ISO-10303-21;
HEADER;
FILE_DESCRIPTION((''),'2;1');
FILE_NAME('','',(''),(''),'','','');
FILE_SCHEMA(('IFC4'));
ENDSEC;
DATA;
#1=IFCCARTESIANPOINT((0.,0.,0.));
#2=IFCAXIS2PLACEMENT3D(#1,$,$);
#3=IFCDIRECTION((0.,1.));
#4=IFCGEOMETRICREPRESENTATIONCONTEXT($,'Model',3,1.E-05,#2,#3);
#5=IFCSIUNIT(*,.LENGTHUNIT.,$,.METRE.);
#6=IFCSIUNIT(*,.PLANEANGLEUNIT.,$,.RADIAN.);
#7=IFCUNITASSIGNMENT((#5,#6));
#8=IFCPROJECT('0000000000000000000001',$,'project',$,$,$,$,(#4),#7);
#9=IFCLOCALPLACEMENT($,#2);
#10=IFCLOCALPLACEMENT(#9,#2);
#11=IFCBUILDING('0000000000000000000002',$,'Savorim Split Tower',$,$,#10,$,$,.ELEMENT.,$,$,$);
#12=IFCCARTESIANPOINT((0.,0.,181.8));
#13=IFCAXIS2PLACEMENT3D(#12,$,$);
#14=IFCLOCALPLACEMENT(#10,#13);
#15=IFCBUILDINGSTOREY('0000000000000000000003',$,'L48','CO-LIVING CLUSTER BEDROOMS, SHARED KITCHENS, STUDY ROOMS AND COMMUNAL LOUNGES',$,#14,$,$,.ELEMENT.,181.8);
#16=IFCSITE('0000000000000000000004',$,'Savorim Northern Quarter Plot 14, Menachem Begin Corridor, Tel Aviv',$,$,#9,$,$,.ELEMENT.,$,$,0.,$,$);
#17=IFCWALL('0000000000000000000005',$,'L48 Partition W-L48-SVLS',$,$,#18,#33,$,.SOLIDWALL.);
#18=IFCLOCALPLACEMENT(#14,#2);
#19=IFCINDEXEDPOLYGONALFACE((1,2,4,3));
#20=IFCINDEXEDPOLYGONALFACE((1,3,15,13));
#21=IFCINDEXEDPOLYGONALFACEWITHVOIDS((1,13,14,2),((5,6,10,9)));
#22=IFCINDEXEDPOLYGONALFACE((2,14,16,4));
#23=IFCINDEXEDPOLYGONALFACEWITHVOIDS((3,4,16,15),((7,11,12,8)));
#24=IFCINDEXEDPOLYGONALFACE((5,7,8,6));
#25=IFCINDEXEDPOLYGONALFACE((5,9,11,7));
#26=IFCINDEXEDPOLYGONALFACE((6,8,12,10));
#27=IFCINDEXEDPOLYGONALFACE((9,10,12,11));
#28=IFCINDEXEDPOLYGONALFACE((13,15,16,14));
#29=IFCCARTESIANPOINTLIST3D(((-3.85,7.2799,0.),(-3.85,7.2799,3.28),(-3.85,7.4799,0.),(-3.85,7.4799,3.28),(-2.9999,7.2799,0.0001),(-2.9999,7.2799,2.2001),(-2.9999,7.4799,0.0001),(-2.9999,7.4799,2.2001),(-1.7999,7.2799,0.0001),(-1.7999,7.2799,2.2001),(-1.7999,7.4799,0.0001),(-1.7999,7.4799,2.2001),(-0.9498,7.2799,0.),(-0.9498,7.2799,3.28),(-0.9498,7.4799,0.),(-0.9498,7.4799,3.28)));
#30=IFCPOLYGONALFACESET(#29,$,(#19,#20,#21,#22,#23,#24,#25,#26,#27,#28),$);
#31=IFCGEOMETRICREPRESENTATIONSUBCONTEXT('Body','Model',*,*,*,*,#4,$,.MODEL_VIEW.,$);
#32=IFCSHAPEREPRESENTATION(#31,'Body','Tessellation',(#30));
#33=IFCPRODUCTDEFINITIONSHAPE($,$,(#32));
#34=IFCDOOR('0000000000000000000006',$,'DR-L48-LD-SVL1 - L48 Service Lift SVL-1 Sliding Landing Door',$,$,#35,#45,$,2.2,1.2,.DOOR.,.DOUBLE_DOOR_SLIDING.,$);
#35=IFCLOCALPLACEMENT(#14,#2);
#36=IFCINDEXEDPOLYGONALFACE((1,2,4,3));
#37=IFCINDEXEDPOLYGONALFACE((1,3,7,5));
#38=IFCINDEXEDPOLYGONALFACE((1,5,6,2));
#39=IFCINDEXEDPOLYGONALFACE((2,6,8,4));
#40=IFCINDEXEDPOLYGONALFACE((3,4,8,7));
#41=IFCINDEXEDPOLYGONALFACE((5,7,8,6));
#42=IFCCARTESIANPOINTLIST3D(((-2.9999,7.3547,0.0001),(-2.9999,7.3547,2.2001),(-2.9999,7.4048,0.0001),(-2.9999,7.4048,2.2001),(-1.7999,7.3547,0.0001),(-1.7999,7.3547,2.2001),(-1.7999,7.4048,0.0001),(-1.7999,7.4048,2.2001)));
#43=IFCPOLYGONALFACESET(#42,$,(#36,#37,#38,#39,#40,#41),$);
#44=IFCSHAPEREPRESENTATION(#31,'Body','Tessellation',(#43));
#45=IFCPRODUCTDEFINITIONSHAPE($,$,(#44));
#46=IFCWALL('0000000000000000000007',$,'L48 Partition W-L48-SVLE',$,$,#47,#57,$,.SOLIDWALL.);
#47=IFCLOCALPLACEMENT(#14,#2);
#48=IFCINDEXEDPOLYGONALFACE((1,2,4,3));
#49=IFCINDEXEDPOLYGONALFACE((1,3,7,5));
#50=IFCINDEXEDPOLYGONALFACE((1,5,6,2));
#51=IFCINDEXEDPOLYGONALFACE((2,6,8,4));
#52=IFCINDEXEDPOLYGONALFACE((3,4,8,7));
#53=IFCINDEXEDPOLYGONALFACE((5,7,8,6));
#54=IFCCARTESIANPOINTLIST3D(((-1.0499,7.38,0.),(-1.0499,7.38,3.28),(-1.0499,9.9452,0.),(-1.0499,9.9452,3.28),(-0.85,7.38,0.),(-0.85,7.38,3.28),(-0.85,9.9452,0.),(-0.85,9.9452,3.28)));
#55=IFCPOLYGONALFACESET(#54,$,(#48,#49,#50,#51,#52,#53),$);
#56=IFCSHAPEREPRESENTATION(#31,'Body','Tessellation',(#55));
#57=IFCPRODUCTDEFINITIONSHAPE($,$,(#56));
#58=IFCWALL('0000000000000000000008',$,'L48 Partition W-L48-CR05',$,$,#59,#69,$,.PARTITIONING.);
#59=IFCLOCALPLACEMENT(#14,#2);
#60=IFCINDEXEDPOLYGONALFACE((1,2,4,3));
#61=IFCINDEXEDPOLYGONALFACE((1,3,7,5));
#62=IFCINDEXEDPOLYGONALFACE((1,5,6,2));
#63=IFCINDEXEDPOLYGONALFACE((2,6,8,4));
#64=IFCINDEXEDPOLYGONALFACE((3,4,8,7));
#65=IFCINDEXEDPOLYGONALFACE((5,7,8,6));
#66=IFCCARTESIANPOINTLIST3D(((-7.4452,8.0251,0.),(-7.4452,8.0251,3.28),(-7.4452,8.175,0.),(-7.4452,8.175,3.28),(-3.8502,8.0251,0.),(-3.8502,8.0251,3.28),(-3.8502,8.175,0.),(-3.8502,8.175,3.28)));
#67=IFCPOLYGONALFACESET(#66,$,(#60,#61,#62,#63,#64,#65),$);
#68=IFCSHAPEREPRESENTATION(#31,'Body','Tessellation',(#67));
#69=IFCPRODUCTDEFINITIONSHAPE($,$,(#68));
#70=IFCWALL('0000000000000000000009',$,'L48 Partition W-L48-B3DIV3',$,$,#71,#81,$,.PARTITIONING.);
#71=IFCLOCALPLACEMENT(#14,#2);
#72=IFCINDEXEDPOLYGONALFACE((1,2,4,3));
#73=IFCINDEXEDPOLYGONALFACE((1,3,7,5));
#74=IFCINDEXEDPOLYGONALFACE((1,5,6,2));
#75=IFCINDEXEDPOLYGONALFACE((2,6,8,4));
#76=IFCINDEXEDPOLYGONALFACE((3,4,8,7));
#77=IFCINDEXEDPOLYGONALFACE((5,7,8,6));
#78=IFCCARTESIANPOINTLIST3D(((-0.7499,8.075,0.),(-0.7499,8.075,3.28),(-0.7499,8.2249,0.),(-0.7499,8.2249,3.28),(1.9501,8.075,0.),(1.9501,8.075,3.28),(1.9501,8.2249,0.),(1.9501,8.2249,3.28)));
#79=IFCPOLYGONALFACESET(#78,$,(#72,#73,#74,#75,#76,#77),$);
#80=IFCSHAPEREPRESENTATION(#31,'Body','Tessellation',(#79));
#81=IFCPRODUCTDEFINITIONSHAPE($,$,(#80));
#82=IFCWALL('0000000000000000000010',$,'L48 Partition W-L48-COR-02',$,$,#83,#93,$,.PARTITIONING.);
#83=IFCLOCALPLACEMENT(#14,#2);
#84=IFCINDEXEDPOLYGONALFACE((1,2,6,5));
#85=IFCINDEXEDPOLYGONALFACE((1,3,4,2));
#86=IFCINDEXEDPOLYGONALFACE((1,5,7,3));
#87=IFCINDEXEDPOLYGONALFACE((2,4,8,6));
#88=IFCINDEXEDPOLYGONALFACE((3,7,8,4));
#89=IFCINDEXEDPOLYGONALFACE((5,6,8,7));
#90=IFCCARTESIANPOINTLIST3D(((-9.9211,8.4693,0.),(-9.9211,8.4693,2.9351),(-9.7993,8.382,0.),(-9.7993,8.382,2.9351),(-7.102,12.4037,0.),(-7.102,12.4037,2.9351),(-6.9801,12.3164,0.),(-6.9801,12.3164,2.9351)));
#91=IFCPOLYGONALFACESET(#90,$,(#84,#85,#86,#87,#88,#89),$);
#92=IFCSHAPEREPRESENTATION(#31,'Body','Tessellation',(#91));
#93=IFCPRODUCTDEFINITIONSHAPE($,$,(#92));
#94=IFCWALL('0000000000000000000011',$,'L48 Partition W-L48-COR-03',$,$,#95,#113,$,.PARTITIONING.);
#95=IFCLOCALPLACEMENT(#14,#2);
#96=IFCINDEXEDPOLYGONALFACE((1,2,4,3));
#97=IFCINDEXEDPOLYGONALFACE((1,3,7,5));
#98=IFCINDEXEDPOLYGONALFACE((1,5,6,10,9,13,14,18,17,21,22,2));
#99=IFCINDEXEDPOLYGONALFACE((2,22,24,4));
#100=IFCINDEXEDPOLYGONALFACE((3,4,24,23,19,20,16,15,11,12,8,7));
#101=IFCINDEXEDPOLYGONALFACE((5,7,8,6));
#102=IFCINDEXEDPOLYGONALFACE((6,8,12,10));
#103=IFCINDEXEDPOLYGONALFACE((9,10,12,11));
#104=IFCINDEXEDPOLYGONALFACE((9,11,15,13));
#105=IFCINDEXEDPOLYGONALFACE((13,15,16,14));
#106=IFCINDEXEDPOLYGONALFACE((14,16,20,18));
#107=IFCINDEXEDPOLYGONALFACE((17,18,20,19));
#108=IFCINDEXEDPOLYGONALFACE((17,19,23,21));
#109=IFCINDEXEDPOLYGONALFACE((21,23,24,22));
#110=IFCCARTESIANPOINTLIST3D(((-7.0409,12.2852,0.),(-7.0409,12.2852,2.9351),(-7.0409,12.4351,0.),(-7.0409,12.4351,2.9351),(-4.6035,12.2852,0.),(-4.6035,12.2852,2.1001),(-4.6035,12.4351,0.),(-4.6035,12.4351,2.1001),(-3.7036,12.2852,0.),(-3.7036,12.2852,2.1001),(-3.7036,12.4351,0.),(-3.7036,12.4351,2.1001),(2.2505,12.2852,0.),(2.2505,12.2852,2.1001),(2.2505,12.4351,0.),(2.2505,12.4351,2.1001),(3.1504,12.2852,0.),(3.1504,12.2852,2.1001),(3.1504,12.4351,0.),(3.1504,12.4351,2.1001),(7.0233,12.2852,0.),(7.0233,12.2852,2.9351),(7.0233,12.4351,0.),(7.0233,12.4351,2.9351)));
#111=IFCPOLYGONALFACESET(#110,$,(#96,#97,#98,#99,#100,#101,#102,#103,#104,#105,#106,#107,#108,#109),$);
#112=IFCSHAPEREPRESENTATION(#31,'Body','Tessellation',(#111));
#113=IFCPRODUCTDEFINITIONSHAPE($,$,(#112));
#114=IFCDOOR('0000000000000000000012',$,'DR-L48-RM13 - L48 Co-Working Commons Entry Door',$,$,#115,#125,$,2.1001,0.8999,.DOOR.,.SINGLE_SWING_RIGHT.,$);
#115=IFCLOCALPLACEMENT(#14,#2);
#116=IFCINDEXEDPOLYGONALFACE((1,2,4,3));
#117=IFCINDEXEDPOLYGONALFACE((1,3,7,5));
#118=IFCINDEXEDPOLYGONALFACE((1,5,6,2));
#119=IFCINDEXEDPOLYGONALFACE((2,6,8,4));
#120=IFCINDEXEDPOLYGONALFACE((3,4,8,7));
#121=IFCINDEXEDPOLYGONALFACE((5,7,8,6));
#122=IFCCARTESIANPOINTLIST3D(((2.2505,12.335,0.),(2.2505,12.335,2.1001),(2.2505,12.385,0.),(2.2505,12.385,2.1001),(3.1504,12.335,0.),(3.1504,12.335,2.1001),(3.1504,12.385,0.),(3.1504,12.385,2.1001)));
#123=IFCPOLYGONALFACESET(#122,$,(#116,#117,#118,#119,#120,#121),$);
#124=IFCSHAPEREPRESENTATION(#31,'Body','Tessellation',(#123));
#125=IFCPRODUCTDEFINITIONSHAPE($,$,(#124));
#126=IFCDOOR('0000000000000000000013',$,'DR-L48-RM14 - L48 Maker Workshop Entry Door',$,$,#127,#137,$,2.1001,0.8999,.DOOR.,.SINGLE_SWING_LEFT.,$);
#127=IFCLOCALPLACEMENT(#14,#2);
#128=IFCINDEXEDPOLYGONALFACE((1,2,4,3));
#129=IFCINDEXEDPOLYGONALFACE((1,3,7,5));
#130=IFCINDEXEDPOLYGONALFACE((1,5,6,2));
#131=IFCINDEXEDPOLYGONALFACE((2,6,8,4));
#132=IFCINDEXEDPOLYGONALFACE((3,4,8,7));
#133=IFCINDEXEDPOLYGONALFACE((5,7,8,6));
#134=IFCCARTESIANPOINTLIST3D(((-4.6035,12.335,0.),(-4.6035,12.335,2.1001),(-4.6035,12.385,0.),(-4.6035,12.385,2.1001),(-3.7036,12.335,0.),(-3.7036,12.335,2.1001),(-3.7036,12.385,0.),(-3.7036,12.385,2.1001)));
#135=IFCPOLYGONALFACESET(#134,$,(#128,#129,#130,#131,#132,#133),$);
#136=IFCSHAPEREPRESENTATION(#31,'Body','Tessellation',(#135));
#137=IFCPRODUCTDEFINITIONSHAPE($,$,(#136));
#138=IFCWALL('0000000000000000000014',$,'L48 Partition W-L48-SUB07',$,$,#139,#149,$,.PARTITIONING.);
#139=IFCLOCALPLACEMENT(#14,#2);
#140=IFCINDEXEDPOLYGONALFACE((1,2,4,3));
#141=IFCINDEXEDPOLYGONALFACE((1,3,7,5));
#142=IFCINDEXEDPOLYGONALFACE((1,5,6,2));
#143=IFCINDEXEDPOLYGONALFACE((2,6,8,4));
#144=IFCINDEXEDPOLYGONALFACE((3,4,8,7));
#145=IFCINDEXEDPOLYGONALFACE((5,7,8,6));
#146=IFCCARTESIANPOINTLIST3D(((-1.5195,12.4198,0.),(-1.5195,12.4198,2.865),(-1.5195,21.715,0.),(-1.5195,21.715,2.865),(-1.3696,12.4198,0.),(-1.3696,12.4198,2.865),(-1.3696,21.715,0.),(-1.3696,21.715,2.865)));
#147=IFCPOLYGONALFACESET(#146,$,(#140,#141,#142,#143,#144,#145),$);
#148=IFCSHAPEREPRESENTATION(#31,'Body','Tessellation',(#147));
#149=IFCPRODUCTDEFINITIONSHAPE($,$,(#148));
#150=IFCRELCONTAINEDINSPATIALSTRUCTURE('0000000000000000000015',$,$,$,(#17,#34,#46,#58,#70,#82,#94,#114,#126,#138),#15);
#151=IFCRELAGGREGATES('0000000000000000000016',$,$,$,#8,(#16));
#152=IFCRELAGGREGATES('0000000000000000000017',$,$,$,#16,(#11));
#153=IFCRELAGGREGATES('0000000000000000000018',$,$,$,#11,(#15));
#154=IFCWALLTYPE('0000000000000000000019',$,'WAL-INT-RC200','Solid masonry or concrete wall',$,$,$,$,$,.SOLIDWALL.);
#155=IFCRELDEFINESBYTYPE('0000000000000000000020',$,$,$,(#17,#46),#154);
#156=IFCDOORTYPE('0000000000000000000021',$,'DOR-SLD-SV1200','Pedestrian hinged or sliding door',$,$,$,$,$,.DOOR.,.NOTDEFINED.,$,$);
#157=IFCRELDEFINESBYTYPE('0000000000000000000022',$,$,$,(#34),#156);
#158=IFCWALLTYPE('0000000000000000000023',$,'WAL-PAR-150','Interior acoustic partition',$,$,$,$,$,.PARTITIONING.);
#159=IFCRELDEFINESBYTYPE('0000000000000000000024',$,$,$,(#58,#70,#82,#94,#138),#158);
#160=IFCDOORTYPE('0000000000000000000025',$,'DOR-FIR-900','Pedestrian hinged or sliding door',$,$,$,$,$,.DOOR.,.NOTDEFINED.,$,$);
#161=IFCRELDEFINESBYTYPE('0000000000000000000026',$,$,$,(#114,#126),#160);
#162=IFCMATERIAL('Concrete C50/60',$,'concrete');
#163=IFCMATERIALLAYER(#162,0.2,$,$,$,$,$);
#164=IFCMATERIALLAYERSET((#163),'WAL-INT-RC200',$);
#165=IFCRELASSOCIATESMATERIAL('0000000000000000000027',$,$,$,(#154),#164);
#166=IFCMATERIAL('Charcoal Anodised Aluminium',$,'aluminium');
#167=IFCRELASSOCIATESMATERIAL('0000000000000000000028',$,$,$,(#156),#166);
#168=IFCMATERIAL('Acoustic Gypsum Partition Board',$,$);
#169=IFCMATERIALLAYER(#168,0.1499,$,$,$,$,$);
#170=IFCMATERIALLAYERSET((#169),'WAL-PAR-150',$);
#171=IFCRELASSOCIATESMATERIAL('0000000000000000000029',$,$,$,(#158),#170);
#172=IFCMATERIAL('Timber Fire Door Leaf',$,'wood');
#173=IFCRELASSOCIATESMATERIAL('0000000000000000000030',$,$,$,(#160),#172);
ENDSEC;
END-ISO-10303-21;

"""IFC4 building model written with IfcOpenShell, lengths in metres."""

from ifc_helpers import new_model, si_unit, direction, frame, frame_2d, origin, place, context, subcontext, project, spatial, rectangle, extrude, material, layer, layer_set, type_object, element, fill, save


model = new_model("IFC4")

# Units and contexts
model_context = context("Model", 3, precision=1e-05, world=origin(), true_north=direction((0.0, 1.0)))
body_context = subcontext(model_context, "Body", "Model", "MODEL_VIEW")
ifc_project = project(units=[si_unit("LENGTHUNIT", "METRE"), si_unit("PLANEANGLEUNIT", "RADIAN")], contexts=[model_context])

# Site, building, storey
site_placement = place(None, origin())
site = spatial("IfcSite", under=ifc_project, at=site_placement, Name="Savorim Northern Quarter Plot 14, Menachem Begin Corridor, Tel Aviv", CompositionType="ELEMENT", RefElevation=0.0)
building_placement = place(site_placement, origin())
building = spatial("IfcBuilding", under=site, at=building_placement, Name="Savorim Split Tower", CompositionType="ELEMENT")
storey_placement = place(building_placement, frame((0.0, 0.0, 181.8)))
storey = spatial("IfcBuildingStorey", under=building, at=storey_placement, Name="L48", Description="CO-LIVING CLUSTER BEDROOMS, SHARED KITCHENS, STUDY ROOMS AND COMMUNAL LOUNGES", CompositionType="ELEMENT", Elevation=181.8)

# Shared definitions
ifc_material_1 = material(Name="Charcoal Anodised Aluminium", Category="aluminium")

# Wall, opening, door
ifc_material_2 = material(Name="Concrete C50/60", Category="concrete")
ifc_layer_1 = layer(ifc_material_2, 0.2)
ifc_layer_set_1 = layer_set([ifc_layer_1], Name="WAL-INT-RC200")
wall_type_1 = type_object("IfcWallType", Name="WAL-INT-RC200", Description="Solid masonry or concrete wall", PredefinedType="SOLIDWALL", material=ifc_layer_set_1)
wall_1_placement = place(storey_placement, frame((-3.8501, 7.3799, 0.0), z_axis=(0.0, 0.0, 1.0), x_axis=(1.0, 0.0, 0.0)))
wall_1 = element("IfcWall", 1, at=wall_1_placement, inside=storey, type_object=wall_type_1, Name="L48 Partition W-L48-SVLS", PredefinedType="SOLIDWALL", context=body_context, shape_type="SweptSolid", body=[
    extrude(rectangle(XDim=2.9001, YDim=0.2, at=frame_2d((1.4502, 0.0))), origin(), (0.0, 0.0, 1.0), 3.28),
])
opening_1_placement = place(wall_1_placement, frame((0.8501, 0.0, 0.0)))
opening_1 = element("IfcOpeningElement", 2, at=opening_1_placement, cuts=wall_1, PredefinedType="OPENING", context=body_context, shape_type="SweptSolid", body=[
    extrude(rectangle(XDim=1.2, YDim=2.2, at=frame_2d((0.6001, 1.1001))), frame((0.0, 0.1099, 0.0), z_axis=(0.0, -1.0, 0.0), x_axis=(1.0, 0.0, 0.0)), (0.0, 0.0, 1.0), 0.22),
])
door_type_1 = type_object("IfcDoorType", Name="DOR-SLD-SV1200", Description="Pedestrian hinged or sliding door", OperationType="NOTDEFINED", PredefinedType="DOOR", material=ifc_material_1)
door_1_placement = place(opening_1_placement, origin())
door_1 = element("IfcDoor", 3, at=door_1_placement, inside=storey, type_object=door_type_1, Name="DR-L48-LD-SVL1 - L48 Service Lift SVL-1 Sliding Landing Door", OperationType="DOUBLE_DOOR_SLIDING", OverallHeight=2.2, OverallWidth=1.2, PredefinedType="DOOR", context=body_context, shape_type="SweptSolid", body=[
    extrude(rectangle(XDim=1.2, YDim=2.2, at=frame_2d((0.6001, 1.1001))), frame((0.0, 0.0249, 0.0), z_axis=(0.0, -1.0, 0.0), x_axis=(1.0, 0.0, 0.0)), (0.0, 0.0, 1.0), 0.05),
])
fill(opening_1, door_1)

# Walls
wall_2_placement = place(storey_placement, frame((-0.95, 7.3799, 0.0), z_axis=(0.0, 0.0, 1.0), x_axis=(0.0, 1.0, 0.0)))
element("IfcWall", 4, at=wall_2_placement, inside=storey, type_object=wall_type_1, Name="L48 Partition W-L48-SVLE", PredefinedType="SOLIDWALL", context=body_context, shape_type="SweptSolid", body=[
    extrude(rectangle(XDim=2.5652, YDim=0.2, at=frame_2d((1.2827, 0.0))), origin(), (0.0, 0.0, 1.0), 3.28),
])
ifc_material_3 = material(Name="Acoustic Gypsum Partition Board")
ifc_layer_2 = layer(ifc_material_3, 0.1499)
ifc_layer_set_2 = layer_set([ifc_layer_2], Name="WAL-PAR-150")
wall_type_2 = type_object("IfcWallType", Name="WAL-PAR-150", Description="Interior acoustic partition", PredefinedType="PARTITIONING", material=ifc_layer_set_2)
wall_3_placement = place(storey_placement, frame((-7.4451, 8.1001, 0.0), z_axis=(0.0, 0.0, 1.0), x_axis=(1.0, 0.0, 0.0)))
element("IfcWall", 5, at=wall_3_placement, inside=storey, type_object=wall_type_2, Name="L48 Partition W-L48-CR05", PredefinedType="PARTITIONING", context=body_context, shape_type="SweptSolid", body=[
    extrude(rectangle(XDim=3.595, YDim=0.1499, at=frame_2d((1.7974, 0.0))), origin(), (0.0, 0.0, 1.0), 3.28),
])
wall_4_placement = place(storey_placement, frame((-0.75, 8.1499, 0.0), z_axis=(0.0, 0.0, 1.0), x_axis=(1.0, 0.0, 0.0)))
element("IfcWall", 6, at=wall_4_placement, inside=storey, type_object=wall_type_2, Name="L48 Partition W-L48-B3DIV3", PredefinedType="PARTITIONING", context=body_context, shape_type="SweptSolid", body=[
    extrude(rectangle(XDim=2.7, YDim=0.1499, at=frame_2d((1.3501, 0.0))), origin(), (0.0, 0.0, 1.0), 3.28),
])
wall_5_placement = place(storey_placement, frame((-9.8601, 8.4258, 0.0), z_axis=(0.0, 0.0, 1.0), x_axis=(0.58245, 0.812867, 0.0)))
element("IfcWall", 7, at=wall_5_placement, inside=storey, type_object=wall_type_2, Name="L48 Partition W-L48-COR-02", PredefinedType="PARTITIONING", context=body_context, shape_type="SweptSolid", body=[
    extrude(rectangle(XDim=4.8401, YDim=0.1499, at=frame_2d((2.4199, 0.0))), origin(), (0.0, 0.0, 1.0), 2.9351),
])

# Wall, openings, doors
wall_6_placement = place(storey_placement, frame((-7.041, 12.3601, 0.0), z_axis=(0.0, 0.0, 1.0), x_axis=(1.0, 0.0, 0.0)))
wall_6 = element("IfcWall", 8, at=wall_6_placement, inside=storey, type_object=wall_type_2, Name="L48 Partition W-L48-COR-03", PredefinedType="PARTITIONING", context=body_context, shape_type="SweptSolid", body=[
    extrude(rectangle(XDim=14.0642, YDim=0.1499, at=frame_2d((7.0322, 0.0))), origin(), (0.0, 0.0, 1.0), 2.9351),
])
opening_2_placement = place(wall_6_placement, frame((9.2915, 0.0, 0.0)))
opening_2 = element("IfcOpeningElement", 9, at=opening_2_placement, cuts=wall_6, PredefinedType="OPENING", context=body_context, shape_type="SweptSolid", body=[
    extrude(rectangle(XDim=0.8999, YDim=2.1001, at=frame_2d((0.45, 1.05))), frame((0.0, 0.085, 0.0), z_axis=(0.0, -1.0, 0.0), x_axis=(1.0, 0.0, 0.0)), (0.0, 0.0, 1.0), 0.1699),
])
opening_3_placement = place(wall_6_placement, frame((2.4375, 0.0, 0.0)))
opening_3 = element("IfcOpeningElement", 10, at=opening_3_placement, cuts=wall_6, PredefinedType="OPENING", context=body_context, shape_type="SweptSolid", body=[
    extrude(rectangle(XDim=0.8999, YDim=2.1001, at=frame_2d((0.45, 1.05))), frame((0.0, 0.085, 0.0), z_axis=(0.0, -1.0, 0.0), x_axis=(1.0, 0.0, 0.0)), (0.0, 0.0, 1.0), 0.1699),
])
ifc_material_4 = material(Name="Timber Fire Door Leaf", Category="wood")
door_type_2 = type_object("IfcDoorType", Name="DOR-FIR-900", Description="Pedestrian hinged or sliding door", OperationType="NOTDEFINED", PredefinedType="DOOR", material=ifc_material_4)
door_2_placement = place(opening_2_placement, origin())
door_2 = element("IfcDoor", 11, at=door_2_placement, inside=storey, type_object=door_type_2, Name="DR-L48-RM13 - L48 Co-Working Commons Entry Door", OperationType="SINGLE_SWING_RIGHT", OverallHeight=2.1001, OverallWidth=0.8999, PredefinedType="DOOR", context=body_context, shape_type="SweptSolid", body=[
    extrude(rectangle(XDim=0.8999, YDim=2.1001, at=frame_2d((0.45, 1.05))), frame((0.0, 0.0249, 0.0), z_axis=(0.0, -1.0, 0.0), x_axis=(1.0, 0.0, 0.0)), (0.0, 0.0, 1.0), 0.05),
])
fill(opening_2, door_2)
door_3_placement = place(opening_3_placement, origin())
door_3 = element("IfcDoor", 12, at=door_3_placement, inside=storey, type_object=door_type_2, Name="DR-L48-RM14 - L48 Maker Workshop Entry Door", OperationType="SINGLE_SWING_LEFT", OverallHeight=2.1001, OverallWidth=0.8999, PredefinedType="DOOR", context=body_context, shape_type="SweptSolid", body=[
    extrude(rectangle(XDim=0.8999, YDim=2.1001, at=frame_2d((0.45, 1.05))), frame((0.0, 0.0249, 0.0), z_axis=(0.0, -1.0, 0.0), x_axis=(1.0, 0.0, 0.0)), (0.0, 0.0, 1.0), 0.05),
])
fill(opening_3, door_3)

# Wall
wall_7_placement = place(storey_placement, frame((-1.4446, 12.4199, 0.0), z_axis=(0.0, 0.0, 1.0), x_axis=(0.0, 1.0, 0.0)))
element("IfcWall", 13, at=wall_7_placement, inside=storey, type_object=wall_type_2, Name="L48 Partition W-L48-SUB07", PredefinedType="PARTITIONING", context=body_context, shape_type="SweptSolid", body=[
    extrude(rectangle(XDim=9.2952, YDim=0.1499, at=frame_2d((4.6475, 0.0))), origin(), (0.0, 0.0, 1.0), 2.865),
])

save(model, "model.ifc")
